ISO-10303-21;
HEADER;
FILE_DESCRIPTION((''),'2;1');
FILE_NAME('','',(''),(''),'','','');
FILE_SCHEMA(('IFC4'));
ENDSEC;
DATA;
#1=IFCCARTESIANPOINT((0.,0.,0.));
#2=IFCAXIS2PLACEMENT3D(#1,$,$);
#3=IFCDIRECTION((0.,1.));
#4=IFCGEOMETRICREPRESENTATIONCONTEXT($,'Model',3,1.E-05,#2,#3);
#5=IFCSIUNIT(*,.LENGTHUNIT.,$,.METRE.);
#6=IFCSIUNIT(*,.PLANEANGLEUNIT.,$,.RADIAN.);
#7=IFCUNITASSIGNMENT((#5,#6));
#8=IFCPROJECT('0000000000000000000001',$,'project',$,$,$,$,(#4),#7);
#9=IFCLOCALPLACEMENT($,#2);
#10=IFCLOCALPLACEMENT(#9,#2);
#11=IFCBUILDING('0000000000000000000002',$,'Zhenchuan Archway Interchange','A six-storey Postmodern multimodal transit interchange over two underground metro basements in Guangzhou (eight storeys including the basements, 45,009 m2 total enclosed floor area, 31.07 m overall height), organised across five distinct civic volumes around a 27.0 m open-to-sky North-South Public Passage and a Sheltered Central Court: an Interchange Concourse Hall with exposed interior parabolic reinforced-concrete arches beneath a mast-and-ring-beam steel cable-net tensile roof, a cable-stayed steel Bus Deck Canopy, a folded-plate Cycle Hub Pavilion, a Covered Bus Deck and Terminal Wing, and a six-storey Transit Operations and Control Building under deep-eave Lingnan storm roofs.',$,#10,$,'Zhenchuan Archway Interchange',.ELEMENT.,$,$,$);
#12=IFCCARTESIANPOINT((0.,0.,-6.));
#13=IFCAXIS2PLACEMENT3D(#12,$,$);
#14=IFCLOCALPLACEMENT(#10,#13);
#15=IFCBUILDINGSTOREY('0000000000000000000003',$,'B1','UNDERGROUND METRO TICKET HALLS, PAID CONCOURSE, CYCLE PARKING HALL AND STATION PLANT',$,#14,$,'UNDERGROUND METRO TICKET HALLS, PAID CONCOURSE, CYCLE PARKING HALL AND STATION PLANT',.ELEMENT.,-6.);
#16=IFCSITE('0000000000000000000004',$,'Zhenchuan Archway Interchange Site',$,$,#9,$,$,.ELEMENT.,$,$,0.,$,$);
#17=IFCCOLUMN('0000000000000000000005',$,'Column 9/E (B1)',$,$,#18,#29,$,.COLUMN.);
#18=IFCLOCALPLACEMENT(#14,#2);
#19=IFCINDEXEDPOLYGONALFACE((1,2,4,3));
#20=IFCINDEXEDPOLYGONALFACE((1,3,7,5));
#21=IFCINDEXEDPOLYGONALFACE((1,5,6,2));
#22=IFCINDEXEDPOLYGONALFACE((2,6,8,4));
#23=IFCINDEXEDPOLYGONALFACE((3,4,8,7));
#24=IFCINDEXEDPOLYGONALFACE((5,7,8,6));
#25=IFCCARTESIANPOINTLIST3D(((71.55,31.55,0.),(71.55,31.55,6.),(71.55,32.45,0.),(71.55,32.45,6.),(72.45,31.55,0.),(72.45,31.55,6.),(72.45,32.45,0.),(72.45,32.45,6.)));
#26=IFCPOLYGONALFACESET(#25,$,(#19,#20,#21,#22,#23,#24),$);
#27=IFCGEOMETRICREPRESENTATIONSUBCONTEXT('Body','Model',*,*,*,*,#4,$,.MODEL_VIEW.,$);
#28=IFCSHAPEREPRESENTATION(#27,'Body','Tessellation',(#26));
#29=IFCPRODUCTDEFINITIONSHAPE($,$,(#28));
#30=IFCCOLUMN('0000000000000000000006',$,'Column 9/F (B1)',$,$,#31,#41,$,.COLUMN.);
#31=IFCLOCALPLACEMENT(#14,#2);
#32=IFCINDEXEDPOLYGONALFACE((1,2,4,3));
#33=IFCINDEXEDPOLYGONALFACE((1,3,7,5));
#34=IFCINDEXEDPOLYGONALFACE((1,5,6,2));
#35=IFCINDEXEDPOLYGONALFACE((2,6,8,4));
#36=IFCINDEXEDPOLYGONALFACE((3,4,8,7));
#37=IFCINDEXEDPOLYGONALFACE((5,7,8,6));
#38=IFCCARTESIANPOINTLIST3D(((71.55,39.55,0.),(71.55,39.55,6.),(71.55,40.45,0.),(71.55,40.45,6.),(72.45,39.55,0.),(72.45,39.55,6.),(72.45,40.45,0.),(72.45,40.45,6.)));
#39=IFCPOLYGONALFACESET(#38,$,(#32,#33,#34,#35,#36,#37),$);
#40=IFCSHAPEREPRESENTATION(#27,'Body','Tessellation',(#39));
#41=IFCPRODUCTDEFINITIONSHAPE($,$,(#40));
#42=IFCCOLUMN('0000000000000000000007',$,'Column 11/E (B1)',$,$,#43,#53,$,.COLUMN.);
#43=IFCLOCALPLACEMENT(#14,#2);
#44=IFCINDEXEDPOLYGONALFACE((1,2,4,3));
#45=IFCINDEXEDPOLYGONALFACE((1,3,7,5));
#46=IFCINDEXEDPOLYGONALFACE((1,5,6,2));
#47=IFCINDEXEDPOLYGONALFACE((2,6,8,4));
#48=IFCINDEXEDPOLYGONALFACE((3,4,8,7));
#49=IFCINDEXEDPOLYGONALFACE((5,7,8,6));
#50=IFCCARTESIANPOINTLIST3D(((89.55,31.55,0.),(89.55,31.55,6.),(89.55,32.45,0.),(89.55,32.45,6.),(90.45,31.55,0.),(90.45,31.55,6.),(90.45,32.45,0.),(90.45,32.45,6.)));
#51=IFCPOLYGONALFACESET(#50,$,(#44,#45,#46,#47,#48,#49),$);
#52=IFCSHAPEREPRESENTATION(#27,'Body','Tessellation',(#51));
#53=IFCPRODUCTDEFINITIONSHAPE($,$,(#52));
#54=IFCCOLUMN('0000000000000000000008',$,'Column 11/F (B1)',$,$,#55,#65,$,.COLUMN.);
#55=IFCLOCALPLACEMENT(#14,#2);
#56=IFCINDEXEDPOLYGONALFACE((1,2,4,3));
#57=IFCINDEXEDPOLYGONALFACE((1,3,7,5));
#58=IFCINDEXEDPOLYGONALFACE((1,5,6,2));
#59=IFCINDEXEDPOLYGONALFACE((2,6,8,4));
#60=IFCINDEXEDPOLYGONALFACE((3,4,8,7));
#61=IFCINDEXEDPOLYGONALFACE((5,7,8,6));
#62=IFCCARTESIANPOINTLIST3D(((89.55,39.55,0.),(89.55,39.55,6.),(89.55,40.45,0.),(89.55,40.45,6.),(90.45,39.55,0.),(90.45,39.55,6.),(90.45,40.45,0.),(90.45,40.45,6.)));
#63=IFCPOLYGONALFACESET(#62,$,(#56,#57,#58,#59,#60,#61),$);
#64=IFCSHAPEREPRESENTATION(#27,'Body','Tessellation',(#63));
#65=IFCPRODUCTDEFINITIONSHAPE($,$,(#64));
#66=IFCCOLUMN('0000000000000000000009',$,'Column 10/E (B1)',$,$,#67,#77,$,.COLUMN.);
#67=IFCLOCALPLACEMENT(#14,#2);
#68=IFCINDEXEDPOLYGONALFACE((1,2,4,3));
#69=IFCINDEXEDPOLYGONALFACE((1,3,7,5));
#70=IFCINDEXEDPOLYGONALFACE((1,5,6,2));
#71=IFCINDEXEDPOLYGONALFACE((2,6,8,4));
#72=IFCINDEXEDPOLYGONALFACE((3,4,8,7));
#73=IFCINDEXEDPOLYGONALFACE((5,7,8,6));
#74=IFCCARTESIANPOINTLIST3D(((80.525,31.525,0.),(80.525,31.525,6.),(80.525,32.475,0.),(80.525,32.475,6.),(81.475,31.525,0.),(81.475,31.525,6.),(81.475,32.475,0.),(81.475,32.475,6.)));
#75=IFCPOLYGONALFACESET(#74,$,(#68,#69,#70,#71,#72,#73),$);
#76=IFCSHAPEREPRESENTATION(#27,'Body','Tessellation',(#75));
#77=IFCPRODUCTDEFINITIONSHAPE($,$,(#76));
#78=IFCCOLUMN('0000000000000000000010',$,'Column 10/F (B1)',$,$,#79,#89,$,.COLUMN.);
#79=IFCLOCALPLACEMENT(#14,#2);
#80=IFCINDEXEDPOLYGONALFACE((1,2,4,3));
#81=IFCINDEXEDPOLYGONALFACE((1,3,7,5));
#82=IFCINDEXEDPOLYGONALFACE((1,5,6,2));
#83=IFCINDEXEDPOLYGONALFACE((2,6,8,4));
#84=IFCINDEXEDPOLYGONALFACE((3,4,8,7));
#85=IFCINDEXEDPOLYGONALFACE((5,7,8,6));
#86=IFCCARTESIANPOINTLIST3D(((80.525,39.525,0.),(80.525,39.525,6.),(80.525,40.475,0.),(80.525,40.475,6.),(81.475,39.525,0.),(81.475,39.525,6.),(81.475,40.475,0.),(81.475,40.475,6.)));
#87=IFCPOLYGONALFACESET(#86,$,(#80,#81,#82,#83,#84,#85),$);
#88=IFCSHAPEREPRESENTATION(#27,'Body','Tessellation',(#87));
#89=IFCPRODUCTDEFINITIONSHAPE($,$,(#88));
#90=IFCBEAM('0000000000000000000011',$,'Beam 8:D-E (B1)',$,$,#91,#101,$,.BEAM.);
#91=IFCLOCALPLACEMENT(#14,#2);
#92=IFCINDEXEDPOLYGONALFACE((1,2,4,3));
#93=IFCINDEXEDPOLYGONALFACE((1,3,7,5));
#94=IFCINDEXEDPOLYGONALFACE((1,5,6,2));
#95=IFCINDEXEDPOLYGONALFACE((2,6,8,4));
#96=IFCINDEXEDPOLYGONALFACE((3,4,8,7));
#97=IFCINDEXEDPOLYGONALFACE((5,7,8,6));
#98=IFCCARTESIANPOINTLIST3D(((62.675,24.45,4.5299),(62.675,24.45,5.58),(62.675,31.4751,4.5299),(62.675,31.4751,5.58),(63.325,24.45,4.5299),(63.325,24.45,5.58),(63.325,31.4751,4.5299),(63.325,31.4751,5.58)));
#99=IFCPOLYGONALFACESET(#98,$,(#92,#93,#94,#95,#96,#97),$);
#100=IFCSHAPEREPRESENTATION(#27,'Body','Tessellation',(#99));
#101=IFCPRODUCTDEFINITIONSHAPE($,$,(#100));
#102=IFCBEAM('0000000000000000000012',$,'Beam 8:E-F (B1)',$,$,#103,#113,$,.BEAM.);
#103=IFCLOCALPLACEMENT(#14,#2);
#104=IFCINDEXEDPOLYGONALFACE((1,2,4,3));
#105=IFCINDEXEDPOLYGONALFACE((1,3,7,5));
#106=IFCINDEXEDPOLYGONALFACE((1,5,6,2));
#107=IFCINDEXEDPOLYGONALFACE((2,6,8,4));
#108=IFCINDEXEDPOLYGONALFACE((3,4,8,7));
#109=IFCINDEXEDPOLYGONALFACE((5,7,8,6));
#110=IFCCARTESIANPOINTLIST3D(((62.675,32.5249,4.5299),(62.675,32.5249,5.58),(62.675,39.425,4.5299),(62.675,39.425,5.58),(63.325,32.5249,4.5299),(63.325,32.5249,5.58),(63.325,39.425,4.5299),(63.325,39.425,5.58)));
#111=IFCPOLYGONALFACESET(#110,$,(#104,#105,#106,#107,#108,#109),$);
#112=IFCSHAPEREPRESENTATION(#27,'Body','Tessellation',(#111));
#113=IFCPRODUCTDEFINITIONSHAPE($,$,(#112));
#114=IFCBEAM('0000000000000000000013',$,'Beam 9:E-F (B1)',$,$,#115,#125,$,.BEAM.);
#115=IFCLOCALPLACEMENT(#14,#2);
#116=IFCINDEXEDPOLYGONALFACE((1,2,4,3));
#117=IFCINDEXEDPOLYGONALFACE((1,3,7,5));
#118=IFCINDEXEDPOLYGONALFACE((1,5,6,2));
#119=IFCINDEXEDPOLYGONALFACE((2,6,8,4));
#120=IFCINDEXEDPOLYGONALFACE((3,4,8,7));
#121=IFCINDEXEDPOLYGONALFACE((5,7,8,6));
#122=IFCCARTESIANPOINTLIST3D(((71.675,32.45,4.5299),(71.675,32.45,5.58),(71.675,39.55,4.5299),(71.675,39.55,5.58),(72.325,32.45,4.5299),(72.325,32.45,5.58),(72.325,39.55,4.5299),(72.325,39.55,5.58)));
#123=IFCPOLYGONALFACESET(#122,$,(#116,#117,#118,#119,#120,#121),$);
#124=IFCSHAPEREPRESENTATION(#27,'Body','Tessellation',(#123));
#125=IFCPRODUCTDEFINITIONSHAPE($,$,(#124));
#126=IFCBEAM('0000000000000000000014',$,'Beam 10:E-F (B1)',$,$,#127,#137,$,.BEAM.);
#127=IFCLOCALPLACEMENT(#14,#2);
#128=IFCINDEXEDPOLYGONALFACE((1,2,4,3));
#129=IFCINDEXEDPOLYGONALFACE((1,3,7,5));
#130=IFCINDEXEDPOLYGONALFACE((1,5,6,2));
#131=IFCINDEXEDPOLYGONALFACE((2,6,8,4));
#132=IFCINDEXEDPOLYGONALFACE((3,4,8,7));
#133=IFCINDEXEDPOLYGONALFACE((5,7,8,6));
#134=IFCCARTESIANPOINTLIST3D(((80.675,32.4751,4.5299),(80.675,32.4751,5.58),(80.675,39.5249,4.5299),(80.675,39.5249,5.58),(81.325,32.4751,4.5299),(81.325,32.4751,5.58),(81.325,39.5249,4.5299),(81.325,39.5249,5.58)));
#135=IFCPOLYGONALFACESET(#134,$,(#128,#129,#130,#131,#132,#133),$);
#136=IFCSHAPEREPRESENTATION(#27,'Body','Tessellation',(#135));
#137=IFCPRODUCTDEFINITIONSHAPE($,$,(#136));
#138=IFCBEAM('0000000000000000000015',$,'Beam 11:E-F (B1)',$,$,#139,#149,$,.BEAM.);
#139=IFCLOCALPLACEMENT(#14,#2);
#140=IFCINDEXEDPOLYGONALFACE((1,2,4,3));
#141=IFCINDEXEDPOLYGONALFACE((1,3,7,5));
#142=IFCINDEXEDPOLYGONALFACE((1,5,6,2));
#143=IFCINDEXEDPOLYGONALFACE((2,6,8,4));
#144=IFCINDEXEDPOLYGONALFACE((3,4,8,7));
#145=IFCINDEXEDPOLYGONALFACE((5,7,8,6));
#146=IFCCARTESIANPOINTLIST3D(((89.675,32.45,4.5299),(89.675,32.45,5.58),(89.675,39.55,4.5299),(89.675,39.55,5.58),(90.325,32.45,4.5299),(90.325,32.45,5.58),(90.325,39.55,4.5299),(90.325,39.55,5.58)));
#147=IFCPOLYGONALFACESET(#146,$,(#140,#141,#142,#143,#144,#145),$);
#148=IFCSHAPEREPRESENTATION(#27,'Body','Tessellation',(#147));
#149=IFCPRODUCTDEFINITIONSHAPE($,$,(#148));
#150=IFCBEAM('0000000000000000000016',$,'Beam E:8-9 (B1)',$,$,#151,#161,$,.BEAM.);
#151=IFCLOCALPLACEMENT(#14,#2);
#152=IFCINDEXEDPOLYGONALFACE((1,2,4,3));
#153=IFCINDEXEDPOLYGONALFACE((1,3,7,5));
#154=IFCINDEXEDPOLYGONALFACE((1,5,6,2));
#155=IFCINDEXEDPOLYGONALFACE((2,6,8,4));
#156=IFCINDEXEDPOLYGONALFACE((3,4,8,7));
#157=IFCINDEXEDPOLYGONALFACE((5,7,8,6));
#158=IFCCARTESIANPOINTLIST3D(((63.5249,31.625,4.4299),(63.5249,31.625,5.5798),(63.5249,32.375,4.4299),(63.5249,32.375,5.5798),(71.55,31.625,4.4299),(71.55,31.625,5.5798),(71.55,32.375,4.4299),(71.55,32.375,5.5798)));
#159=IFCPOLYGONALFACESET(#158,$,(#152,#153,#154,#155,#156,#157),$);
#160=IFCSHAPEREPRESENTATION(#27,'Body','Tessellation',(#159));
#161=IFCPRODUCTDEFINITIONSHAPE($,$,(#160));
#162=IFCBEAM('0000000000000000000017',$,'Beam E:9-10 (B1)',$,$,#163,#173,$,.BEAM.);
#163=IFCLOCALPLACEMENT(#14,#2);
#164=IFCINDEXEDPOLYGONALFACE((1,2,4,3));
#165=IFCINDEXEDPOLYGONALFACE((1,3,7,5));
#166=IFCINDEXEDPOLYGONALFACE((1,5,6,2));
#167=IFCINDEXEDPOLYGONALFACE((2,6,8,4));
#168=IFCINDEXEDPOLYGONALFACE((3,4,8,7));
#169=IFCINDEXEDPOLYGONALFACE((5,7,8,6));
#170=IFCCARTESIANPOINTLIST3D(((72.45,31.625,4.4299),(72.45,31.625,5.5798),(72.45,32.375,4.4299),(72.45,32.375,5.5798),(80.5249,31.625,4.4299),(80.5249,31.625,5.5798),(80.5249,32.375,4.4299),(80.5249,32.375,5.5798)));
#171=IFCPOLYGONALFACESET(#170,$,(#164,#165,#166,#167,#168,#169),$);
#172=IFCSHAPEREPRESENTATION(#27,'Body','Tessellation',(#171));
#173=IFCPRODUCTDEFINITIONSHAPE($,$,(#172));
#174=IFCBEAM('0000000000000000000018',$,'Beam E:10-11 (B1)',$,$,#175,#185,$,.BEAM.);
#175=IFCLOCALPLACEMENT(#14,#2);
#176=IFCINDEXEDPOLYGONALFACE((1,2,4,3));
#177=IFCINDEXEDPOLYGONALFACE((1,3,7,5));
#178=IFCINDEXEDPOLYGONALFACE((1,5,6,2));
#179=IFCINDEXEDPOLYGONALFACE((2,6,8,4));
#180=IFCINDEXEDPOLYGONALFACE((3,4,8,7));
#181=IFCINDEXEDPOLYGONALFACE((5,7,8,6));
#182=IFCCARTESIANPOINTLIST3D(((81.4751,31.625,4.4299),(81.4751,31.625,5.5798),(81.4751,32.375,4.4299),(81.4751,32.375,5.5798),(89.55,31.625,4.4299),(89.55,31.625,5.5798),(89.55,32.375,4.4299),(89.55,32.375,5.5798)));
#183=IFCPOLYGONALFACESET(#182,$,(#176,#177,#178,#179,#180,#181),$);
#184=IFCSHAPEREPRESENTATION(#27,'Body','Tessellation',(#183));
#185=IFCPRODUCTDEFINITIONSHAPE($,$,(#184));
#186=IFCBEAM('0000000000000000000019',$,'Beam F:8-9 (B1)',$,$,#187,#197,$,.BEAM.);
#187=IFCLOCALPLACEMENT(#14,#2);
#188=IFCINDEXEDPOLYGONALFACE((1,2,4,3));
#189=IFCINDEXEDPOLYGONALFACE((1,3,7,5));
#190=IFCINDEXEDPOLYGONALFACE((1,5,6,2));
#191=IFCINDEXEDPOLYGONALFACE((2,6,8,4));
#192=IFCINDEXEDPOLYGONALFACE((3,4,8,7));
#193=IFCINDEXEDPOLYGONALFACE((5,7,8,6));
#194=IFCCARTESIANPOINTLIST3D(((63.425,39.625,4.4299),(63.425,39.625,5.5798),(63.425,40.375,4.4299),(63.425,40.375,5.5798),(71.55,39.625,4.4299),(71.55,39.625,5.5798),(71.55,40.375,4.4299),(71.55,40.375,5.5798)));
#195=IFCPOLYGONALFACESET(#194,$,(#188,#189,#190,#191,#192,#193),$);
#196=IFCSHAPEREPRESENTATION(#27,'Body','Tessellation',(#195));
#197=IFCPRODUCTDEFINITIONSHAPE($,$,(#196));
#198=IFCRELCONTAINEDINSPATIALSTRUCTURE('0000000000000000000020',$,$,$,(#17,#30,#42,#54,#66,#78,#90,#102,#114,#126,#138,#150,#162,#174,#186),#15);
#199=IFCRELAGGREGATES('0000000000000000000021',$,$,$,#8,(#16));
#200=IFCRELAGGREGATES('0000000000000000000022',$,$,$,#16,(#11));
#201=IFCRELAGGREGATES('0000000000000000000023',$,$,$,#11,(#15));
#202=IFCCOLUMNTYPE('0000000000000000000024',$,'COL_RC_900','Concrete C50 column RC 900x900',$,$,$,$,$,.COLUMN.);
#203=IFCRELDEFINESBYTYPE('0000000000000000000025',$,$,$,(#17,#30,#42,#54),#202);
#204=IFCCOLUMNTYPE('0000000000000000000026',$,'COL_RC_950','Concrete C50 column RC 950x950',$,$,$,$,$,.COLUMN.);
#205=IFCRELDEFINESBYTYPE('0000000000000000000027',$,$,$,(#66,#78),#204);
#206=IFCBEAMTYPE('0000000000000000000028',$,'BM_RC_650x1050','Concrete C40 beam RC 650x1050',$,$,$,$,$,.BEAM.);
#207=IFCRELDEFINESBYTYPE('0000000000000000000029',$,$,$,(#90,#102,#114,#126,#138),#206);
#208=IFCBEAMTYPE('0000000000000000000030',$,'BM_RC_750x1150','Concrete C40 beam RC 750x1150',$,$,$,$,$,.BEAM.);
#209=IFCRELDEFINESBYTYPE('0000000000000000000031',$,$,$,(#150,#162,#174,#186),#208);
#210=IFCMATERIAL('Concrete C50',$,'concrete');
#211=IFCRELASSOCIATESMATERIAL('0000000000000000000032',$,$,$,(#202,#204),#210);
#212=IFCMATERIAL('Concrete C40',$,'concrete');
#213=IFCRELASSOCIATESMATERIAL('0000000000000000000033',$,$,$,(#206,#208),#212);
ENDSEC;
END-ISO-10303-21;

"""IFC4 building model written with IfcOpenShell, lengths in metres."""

from ifc_helpers import new_model, si_unit, direction, frame, origin, origin_2d, place, context, subcontext, project, spatial, rectangle, extrude, material, material_profile, profile_set, type_object, element, save


model = new_model("IFC4")

# Units and contexts
model_context = context("Model", 3, precision=1e-05, world=origin(), true_north=direction((0.0, 1.0)))
body_context = subcontext(model_context, "Body", "Model", "MODEL_VIEW")
ifc_project = project(units=[si_unit("LENGTHUNIT", "METRE"), si_unit("PLANEANGLEUNIT", "RADIAN")], contexts=[model_context])

# Site, building, storey
site_placement = place(None, origin())
site = spatial("IfcSite", under=ifc_project, at=site_placement, Name="Zhenchuan Archway Interchange Site", CompositionType="ELEMENT", RefElevation=0.0)
building_placement = place(site_placement, origin())
building = spatial("IfcBuilding", under=site, at=building_placement, Name="Zhenchuan Archway Interchange", Description="A six-storey Postmodern multimodal transit interchange over two underground metro basements in Guangzhou (eight storeys including the basements, 45,009 m2 total enclosed floor area, 31.07 m overall height), organised across five distinct civic volumes around a 27.0 m open-to-sky North-South Public Passage and a Sheltered Central Court: an Interchange Concourse Hall with exposed interior parabolic reinforced-concrete arches beneath a mast-and-ring-beam steel cable-net tensile roof, a cable-stayed steel Bus Deck Canopy, a folded-plate Cycle Hub Pavilion, a Covered Bus Deck and Terminal Wing, and a six-storey Transit Operations and Control Building under deep-eave Lingnan storm roofs.", LongName="Zhenchuan Archway Interchange", CompositionType="ELEMENT")
storey_placement = place(building_placement, frame((0.0, 0.0, -6.0)))
storey = spatial("IfcBuildingStorey", under=building, at=storey_placement, Name="B1", Description="UNDERGROUND METRO TICKET HALLS, PAID CONCOURSE, CYCLE PARKING HALL AND STATION PLANT", LongName="UNDERGROUND METRO TICKET HALLS, PAID CONCOURSE, CYCLE PARKING HALL AND STATION PLANT", CompositionType="ELEMENT", Elevation=-6.0)

# Columns
ifc_material_1 = material(Name="Concrete C50", Category="concrete")
ifc_material_profile_1 = material_profile(ifc_material_1, rectangle(XDim=0.8999, YDim=0.8999, at=origin_2d()), Name="RC 900x900")
ifc_profile_set_1 = profile_set([ifc_material_profile_1], Name="Concrete C50")
column_type_1 = type_object("IfcColumnType", Name="COL_RC_900", Description="Concrete C50 column RC 900x900", PredefinedType="COLUMN", material=ifc_profile_set_1)
for number, where, z_axis, x_axis, name in (
    (1, (72.0, 32.0, 0.0), (0.0, 0.0, 1.0), (1.0, 0.0, 0.0), "Column 9/E (B1)"),
    (2, (72.0, 40.0, 0.0), (0.0, 0.0, 1.0), (1.0, 0.0, 0.0), "Column 9/F (B1)"),
    (3, (90.0, 32.0, 0.0), (0.0, 0.0, 1.0), (1.0, 0.0, 0.0), "Column 11/E (B1)"),
    (4, (90.0, 40.0, 0.0), (0.0, 0.0, 1.0), (1.0, 0.0, 0.0), "Column 11/F (B1)"),
):
    element("IfcColumn", number, at=place(storey_placement, frame(where, z_axis=z_axis, x_axis=x_axis)), inside=storey, type_object=column_type_1, Name=name, PredefinedType="COLUMN", context=body_context, shape_type="SweptSolid", body=[
        extrude(rectangle(XDim=0.8999, YDim=0.8999, at=origin_2d()), origin(), (0.0, 0.0, 1.0), 6.0),
    ])
ifc_material_profile_2 = material_profile(ifc_material_1, rectangle(XDim=0.95, YDim=0.95, at=origin_2d()), Name="RC 950x950")
ifc_profile_set_2 = profile_set([ifc_material_profile_2], Name="Concrete C50")
column_type_2 = type_object("IfcColumnType", Name="COL_RC_950", Description="Concrete C50 column RC 950x950", PredefinedType="COLUMN", material=ifc_profile_set_2)
for number, where, z_axis, x_axis, name in (
    (5, (81.0, 32.0, 0.0), (0.0, 0.0, 1.0), (1.0, 0.0, 0.0), "Column 10/E (B1)"),
    (6, (81.0, 40.0, 0.0), (0.0, 0.0, 1.0), (1.0, 0.0, 0.0), "Column 10/F (B1)"),
):
    element("IfcColumn", number, at=place(storey_placement, frame(where, z_axis=z_axis, x_axis=x_axis)), inside=storey, type_object=column_type_2, Name=name, PredefinedType="COLUMN", context=body_context, shape_type="SweptSolid", body=[
        extrude(rectangle(XDim=0.95, YDim=0.95, at=origin_2d()), origin(), (0.0, 0.0, 1.0), 6.0),
    ])

# Beams
ifc_material_2 = material(Name="Concrete C40", Category="concrete")
ifc_material_profile_3 = material_profile(ifc_material_2, rectangle(XDim=0.6499, YDim=1.05, at=origin_2d()), Name="RC 650x1050")
ifc_profile_set_3 = profile_set([ifc_material_profile_3], Name="Concrete C40")
beam_type_1 = type_object("IfcBeamType", Name="BM_RC_650x1050", Description="Concrete C40 beam RC 650x1050", PredefinedType="BEAM", material=ifc_profile_set_3)
beam_1_placement = place(storey_placement, frame((63.0, 24.45, 5.0549), z_axis=(0.0, 1.0, 0.0), x_axis=(-1.0, 0.0, 0.0)))
element("IfcBeam", 7, at=beam_1_placement, inside=storey, type_object=beam_type_1, Name="Beam 8:D-E (B1)", PredefinedType="BEAM", context=body_context, shape_type="SweptSolid", body=[
    extrude(rectangle(XDim=0.6499, YDim=1.05, at=origin_2d()), origin(), (0.0, 0.0, 1.0), 7.0251),
])
beam_2_placement = place(storey_placement, frame((63.0, 32.5249, 5.0549), z_axis=(0.0, 1.0, 0.0), x_axis=(-1.0, 0.0, 0.0)))
element("IfcBeam", 8, at=beam_2_placement, inside=storey, type_object=beam_type_1, Name="Beam 8:E-F (B1)", PredefinedType="BEAM", context=body_context, shape_type="SweptSolid", body=[
    extrude(rectangle(XDim=0.6499, YDim=1.05, at=origin_2d()), origin(), (0.0, 0.0, 1.0), 6.9001),
])
beam_3_placement = place(storey_placement, frame((72.0, 32.45, 5.0549), z_axis=(0.0, 1.0, 0.0), x_axis=(-1.0, 0.0, 0.0)))
element("IfcBeam", 9, at=beam_3_placement, inside=storey, type_object=beam_type_1, Name="Beam 9:E-F (B1)", PredefinedType="BEAM", context=body_context, shape_type="SweptSolid", body=[
    extrude(rectangle(XDim=0.6499, YDim=1.05, at=origin_2d()), origin(), (0.0, 0.0, 1.0), 7.1001),
])
beam_4_placement = place(storey_placement, frame((81.0, 32.4751, 5.0549), z_axis=(0.0, 1.0, 0.0), x_axis=(-1.0, 0.0, 0.0)))
element("IfcBeam", 10, at=beam_4_placement, inside=storey, type_object=beam_type_1, Name="Beam 10:E-F (B1)", PredefinedType="BEAM", context=body_context, shape_type="SweptSolid", body=[
    extrude(rectangle(XDim=0.6499, YDim=1.05, at=origin_2d()), origin(), (0.0, 0.0, 1.0), 7.0498),
])
beam_5_placement = place(storey_placement, frame((90.0, 32.45, 5.0549), z_axis=(0.0, 1.0, 0.0), x_axis=(-1.0, 0.0, 0.0)))
element("IfcBeam", 11, at=beam_5_placement, inside=storey, type_object=beam_type_1, Name="Beam 11:E-F (B1)", PredefinedType="BEAM", context=body_context, shape_type="SweptSolid", body=[
    extrude(rectangle(XDim=0.6499, YDim=1.05, at=origin_2d()), origin(), (0.0, 0.0, 1.0), 7.1001),
])
ifc_material_profile_4 = material_profile(ifc_material_2, rectangle(XDim=0.75, YDim=1.1499, at=origin_2d()), Name="RC 750x1150")
ifc_profile_set_4 = profile_set([ifc_material_profile_4], Name="Concrete C40")
beam_type_2 = type_object("IfcBeamType", Name="BM_RC_750x1150", Description="Concrete C40 beam RC 750x1150", PredefinedType="BEAM", material=ifc_profile_set_4)
beam_6_placement = place(storey_placement, frame((63.5249, 32.0, 5.0049), z_axis=(1.0, 0.0, 0.0), x_axis=(0.0, 1.0, 0.0)))
element("IfcBeam", 12, at=beam_6_placement, inside=storey, type_object=beam_type_2, Name="Beam E:8-9 (B1)", PredefinedType="BEAM", context=body_context, shape_type="SweptSolid", body=[
    extrude(rectangle(XDim=0.75, YDim=1.1499, at=origin_2d()), origin(), (0.0, 0.0, 1.0), 8.0251),
])
for number, where, z_axis, x_axis, name in (
    (13, (72.45, 32.0, 5.0049), (1.0, 0.0, 0.0), (0.0, 1.0, 0.0), "Beam E:9-10 (B1)"),
    (14, (81.4751, 32.0, 5.0049), (1.0, 0.0, 0.0), (0.0, 1.0, 0.0), "Beam E:10-11 (B1)"),
):
    element("IfcBeam", number, at=place(storey_placement, frame(where, z_axis=z_axis, x_axis=x_axis)), inside=storey, type_object=beam_type_2, Name=name, PredefinedType="BEAM", context=body_context, shape_type="SweptSolid", body=[
        extrude(rectangle(XDim=0.75, YDim=1.1499, at=origin_2d()), origin(), (0.0, 0.0, 1.0), 8.075),
    ])
beam_7_placement = place(storey_placement, frame((63.425, 40.0, 5.0049), z_axis=(1.0, 0.0, 0.0), x_axis=(0.0, 1.0, 0.0)))
element("IfcBeam", 15, at=beam_7_placement, inside=storey, type_object=beam_type_2, Name="Beam F:8-9 (B1)", PredefinedType="BEAM", context=body_context, shape_type="SweptSolid", body=[
    extrude(rectangle(XDim=0.75, YDim=1.1499, at=origin_2d()), origin(), (0.0, 0.0, 1.0), 8.125),
])

save(model, "model.ifc")
